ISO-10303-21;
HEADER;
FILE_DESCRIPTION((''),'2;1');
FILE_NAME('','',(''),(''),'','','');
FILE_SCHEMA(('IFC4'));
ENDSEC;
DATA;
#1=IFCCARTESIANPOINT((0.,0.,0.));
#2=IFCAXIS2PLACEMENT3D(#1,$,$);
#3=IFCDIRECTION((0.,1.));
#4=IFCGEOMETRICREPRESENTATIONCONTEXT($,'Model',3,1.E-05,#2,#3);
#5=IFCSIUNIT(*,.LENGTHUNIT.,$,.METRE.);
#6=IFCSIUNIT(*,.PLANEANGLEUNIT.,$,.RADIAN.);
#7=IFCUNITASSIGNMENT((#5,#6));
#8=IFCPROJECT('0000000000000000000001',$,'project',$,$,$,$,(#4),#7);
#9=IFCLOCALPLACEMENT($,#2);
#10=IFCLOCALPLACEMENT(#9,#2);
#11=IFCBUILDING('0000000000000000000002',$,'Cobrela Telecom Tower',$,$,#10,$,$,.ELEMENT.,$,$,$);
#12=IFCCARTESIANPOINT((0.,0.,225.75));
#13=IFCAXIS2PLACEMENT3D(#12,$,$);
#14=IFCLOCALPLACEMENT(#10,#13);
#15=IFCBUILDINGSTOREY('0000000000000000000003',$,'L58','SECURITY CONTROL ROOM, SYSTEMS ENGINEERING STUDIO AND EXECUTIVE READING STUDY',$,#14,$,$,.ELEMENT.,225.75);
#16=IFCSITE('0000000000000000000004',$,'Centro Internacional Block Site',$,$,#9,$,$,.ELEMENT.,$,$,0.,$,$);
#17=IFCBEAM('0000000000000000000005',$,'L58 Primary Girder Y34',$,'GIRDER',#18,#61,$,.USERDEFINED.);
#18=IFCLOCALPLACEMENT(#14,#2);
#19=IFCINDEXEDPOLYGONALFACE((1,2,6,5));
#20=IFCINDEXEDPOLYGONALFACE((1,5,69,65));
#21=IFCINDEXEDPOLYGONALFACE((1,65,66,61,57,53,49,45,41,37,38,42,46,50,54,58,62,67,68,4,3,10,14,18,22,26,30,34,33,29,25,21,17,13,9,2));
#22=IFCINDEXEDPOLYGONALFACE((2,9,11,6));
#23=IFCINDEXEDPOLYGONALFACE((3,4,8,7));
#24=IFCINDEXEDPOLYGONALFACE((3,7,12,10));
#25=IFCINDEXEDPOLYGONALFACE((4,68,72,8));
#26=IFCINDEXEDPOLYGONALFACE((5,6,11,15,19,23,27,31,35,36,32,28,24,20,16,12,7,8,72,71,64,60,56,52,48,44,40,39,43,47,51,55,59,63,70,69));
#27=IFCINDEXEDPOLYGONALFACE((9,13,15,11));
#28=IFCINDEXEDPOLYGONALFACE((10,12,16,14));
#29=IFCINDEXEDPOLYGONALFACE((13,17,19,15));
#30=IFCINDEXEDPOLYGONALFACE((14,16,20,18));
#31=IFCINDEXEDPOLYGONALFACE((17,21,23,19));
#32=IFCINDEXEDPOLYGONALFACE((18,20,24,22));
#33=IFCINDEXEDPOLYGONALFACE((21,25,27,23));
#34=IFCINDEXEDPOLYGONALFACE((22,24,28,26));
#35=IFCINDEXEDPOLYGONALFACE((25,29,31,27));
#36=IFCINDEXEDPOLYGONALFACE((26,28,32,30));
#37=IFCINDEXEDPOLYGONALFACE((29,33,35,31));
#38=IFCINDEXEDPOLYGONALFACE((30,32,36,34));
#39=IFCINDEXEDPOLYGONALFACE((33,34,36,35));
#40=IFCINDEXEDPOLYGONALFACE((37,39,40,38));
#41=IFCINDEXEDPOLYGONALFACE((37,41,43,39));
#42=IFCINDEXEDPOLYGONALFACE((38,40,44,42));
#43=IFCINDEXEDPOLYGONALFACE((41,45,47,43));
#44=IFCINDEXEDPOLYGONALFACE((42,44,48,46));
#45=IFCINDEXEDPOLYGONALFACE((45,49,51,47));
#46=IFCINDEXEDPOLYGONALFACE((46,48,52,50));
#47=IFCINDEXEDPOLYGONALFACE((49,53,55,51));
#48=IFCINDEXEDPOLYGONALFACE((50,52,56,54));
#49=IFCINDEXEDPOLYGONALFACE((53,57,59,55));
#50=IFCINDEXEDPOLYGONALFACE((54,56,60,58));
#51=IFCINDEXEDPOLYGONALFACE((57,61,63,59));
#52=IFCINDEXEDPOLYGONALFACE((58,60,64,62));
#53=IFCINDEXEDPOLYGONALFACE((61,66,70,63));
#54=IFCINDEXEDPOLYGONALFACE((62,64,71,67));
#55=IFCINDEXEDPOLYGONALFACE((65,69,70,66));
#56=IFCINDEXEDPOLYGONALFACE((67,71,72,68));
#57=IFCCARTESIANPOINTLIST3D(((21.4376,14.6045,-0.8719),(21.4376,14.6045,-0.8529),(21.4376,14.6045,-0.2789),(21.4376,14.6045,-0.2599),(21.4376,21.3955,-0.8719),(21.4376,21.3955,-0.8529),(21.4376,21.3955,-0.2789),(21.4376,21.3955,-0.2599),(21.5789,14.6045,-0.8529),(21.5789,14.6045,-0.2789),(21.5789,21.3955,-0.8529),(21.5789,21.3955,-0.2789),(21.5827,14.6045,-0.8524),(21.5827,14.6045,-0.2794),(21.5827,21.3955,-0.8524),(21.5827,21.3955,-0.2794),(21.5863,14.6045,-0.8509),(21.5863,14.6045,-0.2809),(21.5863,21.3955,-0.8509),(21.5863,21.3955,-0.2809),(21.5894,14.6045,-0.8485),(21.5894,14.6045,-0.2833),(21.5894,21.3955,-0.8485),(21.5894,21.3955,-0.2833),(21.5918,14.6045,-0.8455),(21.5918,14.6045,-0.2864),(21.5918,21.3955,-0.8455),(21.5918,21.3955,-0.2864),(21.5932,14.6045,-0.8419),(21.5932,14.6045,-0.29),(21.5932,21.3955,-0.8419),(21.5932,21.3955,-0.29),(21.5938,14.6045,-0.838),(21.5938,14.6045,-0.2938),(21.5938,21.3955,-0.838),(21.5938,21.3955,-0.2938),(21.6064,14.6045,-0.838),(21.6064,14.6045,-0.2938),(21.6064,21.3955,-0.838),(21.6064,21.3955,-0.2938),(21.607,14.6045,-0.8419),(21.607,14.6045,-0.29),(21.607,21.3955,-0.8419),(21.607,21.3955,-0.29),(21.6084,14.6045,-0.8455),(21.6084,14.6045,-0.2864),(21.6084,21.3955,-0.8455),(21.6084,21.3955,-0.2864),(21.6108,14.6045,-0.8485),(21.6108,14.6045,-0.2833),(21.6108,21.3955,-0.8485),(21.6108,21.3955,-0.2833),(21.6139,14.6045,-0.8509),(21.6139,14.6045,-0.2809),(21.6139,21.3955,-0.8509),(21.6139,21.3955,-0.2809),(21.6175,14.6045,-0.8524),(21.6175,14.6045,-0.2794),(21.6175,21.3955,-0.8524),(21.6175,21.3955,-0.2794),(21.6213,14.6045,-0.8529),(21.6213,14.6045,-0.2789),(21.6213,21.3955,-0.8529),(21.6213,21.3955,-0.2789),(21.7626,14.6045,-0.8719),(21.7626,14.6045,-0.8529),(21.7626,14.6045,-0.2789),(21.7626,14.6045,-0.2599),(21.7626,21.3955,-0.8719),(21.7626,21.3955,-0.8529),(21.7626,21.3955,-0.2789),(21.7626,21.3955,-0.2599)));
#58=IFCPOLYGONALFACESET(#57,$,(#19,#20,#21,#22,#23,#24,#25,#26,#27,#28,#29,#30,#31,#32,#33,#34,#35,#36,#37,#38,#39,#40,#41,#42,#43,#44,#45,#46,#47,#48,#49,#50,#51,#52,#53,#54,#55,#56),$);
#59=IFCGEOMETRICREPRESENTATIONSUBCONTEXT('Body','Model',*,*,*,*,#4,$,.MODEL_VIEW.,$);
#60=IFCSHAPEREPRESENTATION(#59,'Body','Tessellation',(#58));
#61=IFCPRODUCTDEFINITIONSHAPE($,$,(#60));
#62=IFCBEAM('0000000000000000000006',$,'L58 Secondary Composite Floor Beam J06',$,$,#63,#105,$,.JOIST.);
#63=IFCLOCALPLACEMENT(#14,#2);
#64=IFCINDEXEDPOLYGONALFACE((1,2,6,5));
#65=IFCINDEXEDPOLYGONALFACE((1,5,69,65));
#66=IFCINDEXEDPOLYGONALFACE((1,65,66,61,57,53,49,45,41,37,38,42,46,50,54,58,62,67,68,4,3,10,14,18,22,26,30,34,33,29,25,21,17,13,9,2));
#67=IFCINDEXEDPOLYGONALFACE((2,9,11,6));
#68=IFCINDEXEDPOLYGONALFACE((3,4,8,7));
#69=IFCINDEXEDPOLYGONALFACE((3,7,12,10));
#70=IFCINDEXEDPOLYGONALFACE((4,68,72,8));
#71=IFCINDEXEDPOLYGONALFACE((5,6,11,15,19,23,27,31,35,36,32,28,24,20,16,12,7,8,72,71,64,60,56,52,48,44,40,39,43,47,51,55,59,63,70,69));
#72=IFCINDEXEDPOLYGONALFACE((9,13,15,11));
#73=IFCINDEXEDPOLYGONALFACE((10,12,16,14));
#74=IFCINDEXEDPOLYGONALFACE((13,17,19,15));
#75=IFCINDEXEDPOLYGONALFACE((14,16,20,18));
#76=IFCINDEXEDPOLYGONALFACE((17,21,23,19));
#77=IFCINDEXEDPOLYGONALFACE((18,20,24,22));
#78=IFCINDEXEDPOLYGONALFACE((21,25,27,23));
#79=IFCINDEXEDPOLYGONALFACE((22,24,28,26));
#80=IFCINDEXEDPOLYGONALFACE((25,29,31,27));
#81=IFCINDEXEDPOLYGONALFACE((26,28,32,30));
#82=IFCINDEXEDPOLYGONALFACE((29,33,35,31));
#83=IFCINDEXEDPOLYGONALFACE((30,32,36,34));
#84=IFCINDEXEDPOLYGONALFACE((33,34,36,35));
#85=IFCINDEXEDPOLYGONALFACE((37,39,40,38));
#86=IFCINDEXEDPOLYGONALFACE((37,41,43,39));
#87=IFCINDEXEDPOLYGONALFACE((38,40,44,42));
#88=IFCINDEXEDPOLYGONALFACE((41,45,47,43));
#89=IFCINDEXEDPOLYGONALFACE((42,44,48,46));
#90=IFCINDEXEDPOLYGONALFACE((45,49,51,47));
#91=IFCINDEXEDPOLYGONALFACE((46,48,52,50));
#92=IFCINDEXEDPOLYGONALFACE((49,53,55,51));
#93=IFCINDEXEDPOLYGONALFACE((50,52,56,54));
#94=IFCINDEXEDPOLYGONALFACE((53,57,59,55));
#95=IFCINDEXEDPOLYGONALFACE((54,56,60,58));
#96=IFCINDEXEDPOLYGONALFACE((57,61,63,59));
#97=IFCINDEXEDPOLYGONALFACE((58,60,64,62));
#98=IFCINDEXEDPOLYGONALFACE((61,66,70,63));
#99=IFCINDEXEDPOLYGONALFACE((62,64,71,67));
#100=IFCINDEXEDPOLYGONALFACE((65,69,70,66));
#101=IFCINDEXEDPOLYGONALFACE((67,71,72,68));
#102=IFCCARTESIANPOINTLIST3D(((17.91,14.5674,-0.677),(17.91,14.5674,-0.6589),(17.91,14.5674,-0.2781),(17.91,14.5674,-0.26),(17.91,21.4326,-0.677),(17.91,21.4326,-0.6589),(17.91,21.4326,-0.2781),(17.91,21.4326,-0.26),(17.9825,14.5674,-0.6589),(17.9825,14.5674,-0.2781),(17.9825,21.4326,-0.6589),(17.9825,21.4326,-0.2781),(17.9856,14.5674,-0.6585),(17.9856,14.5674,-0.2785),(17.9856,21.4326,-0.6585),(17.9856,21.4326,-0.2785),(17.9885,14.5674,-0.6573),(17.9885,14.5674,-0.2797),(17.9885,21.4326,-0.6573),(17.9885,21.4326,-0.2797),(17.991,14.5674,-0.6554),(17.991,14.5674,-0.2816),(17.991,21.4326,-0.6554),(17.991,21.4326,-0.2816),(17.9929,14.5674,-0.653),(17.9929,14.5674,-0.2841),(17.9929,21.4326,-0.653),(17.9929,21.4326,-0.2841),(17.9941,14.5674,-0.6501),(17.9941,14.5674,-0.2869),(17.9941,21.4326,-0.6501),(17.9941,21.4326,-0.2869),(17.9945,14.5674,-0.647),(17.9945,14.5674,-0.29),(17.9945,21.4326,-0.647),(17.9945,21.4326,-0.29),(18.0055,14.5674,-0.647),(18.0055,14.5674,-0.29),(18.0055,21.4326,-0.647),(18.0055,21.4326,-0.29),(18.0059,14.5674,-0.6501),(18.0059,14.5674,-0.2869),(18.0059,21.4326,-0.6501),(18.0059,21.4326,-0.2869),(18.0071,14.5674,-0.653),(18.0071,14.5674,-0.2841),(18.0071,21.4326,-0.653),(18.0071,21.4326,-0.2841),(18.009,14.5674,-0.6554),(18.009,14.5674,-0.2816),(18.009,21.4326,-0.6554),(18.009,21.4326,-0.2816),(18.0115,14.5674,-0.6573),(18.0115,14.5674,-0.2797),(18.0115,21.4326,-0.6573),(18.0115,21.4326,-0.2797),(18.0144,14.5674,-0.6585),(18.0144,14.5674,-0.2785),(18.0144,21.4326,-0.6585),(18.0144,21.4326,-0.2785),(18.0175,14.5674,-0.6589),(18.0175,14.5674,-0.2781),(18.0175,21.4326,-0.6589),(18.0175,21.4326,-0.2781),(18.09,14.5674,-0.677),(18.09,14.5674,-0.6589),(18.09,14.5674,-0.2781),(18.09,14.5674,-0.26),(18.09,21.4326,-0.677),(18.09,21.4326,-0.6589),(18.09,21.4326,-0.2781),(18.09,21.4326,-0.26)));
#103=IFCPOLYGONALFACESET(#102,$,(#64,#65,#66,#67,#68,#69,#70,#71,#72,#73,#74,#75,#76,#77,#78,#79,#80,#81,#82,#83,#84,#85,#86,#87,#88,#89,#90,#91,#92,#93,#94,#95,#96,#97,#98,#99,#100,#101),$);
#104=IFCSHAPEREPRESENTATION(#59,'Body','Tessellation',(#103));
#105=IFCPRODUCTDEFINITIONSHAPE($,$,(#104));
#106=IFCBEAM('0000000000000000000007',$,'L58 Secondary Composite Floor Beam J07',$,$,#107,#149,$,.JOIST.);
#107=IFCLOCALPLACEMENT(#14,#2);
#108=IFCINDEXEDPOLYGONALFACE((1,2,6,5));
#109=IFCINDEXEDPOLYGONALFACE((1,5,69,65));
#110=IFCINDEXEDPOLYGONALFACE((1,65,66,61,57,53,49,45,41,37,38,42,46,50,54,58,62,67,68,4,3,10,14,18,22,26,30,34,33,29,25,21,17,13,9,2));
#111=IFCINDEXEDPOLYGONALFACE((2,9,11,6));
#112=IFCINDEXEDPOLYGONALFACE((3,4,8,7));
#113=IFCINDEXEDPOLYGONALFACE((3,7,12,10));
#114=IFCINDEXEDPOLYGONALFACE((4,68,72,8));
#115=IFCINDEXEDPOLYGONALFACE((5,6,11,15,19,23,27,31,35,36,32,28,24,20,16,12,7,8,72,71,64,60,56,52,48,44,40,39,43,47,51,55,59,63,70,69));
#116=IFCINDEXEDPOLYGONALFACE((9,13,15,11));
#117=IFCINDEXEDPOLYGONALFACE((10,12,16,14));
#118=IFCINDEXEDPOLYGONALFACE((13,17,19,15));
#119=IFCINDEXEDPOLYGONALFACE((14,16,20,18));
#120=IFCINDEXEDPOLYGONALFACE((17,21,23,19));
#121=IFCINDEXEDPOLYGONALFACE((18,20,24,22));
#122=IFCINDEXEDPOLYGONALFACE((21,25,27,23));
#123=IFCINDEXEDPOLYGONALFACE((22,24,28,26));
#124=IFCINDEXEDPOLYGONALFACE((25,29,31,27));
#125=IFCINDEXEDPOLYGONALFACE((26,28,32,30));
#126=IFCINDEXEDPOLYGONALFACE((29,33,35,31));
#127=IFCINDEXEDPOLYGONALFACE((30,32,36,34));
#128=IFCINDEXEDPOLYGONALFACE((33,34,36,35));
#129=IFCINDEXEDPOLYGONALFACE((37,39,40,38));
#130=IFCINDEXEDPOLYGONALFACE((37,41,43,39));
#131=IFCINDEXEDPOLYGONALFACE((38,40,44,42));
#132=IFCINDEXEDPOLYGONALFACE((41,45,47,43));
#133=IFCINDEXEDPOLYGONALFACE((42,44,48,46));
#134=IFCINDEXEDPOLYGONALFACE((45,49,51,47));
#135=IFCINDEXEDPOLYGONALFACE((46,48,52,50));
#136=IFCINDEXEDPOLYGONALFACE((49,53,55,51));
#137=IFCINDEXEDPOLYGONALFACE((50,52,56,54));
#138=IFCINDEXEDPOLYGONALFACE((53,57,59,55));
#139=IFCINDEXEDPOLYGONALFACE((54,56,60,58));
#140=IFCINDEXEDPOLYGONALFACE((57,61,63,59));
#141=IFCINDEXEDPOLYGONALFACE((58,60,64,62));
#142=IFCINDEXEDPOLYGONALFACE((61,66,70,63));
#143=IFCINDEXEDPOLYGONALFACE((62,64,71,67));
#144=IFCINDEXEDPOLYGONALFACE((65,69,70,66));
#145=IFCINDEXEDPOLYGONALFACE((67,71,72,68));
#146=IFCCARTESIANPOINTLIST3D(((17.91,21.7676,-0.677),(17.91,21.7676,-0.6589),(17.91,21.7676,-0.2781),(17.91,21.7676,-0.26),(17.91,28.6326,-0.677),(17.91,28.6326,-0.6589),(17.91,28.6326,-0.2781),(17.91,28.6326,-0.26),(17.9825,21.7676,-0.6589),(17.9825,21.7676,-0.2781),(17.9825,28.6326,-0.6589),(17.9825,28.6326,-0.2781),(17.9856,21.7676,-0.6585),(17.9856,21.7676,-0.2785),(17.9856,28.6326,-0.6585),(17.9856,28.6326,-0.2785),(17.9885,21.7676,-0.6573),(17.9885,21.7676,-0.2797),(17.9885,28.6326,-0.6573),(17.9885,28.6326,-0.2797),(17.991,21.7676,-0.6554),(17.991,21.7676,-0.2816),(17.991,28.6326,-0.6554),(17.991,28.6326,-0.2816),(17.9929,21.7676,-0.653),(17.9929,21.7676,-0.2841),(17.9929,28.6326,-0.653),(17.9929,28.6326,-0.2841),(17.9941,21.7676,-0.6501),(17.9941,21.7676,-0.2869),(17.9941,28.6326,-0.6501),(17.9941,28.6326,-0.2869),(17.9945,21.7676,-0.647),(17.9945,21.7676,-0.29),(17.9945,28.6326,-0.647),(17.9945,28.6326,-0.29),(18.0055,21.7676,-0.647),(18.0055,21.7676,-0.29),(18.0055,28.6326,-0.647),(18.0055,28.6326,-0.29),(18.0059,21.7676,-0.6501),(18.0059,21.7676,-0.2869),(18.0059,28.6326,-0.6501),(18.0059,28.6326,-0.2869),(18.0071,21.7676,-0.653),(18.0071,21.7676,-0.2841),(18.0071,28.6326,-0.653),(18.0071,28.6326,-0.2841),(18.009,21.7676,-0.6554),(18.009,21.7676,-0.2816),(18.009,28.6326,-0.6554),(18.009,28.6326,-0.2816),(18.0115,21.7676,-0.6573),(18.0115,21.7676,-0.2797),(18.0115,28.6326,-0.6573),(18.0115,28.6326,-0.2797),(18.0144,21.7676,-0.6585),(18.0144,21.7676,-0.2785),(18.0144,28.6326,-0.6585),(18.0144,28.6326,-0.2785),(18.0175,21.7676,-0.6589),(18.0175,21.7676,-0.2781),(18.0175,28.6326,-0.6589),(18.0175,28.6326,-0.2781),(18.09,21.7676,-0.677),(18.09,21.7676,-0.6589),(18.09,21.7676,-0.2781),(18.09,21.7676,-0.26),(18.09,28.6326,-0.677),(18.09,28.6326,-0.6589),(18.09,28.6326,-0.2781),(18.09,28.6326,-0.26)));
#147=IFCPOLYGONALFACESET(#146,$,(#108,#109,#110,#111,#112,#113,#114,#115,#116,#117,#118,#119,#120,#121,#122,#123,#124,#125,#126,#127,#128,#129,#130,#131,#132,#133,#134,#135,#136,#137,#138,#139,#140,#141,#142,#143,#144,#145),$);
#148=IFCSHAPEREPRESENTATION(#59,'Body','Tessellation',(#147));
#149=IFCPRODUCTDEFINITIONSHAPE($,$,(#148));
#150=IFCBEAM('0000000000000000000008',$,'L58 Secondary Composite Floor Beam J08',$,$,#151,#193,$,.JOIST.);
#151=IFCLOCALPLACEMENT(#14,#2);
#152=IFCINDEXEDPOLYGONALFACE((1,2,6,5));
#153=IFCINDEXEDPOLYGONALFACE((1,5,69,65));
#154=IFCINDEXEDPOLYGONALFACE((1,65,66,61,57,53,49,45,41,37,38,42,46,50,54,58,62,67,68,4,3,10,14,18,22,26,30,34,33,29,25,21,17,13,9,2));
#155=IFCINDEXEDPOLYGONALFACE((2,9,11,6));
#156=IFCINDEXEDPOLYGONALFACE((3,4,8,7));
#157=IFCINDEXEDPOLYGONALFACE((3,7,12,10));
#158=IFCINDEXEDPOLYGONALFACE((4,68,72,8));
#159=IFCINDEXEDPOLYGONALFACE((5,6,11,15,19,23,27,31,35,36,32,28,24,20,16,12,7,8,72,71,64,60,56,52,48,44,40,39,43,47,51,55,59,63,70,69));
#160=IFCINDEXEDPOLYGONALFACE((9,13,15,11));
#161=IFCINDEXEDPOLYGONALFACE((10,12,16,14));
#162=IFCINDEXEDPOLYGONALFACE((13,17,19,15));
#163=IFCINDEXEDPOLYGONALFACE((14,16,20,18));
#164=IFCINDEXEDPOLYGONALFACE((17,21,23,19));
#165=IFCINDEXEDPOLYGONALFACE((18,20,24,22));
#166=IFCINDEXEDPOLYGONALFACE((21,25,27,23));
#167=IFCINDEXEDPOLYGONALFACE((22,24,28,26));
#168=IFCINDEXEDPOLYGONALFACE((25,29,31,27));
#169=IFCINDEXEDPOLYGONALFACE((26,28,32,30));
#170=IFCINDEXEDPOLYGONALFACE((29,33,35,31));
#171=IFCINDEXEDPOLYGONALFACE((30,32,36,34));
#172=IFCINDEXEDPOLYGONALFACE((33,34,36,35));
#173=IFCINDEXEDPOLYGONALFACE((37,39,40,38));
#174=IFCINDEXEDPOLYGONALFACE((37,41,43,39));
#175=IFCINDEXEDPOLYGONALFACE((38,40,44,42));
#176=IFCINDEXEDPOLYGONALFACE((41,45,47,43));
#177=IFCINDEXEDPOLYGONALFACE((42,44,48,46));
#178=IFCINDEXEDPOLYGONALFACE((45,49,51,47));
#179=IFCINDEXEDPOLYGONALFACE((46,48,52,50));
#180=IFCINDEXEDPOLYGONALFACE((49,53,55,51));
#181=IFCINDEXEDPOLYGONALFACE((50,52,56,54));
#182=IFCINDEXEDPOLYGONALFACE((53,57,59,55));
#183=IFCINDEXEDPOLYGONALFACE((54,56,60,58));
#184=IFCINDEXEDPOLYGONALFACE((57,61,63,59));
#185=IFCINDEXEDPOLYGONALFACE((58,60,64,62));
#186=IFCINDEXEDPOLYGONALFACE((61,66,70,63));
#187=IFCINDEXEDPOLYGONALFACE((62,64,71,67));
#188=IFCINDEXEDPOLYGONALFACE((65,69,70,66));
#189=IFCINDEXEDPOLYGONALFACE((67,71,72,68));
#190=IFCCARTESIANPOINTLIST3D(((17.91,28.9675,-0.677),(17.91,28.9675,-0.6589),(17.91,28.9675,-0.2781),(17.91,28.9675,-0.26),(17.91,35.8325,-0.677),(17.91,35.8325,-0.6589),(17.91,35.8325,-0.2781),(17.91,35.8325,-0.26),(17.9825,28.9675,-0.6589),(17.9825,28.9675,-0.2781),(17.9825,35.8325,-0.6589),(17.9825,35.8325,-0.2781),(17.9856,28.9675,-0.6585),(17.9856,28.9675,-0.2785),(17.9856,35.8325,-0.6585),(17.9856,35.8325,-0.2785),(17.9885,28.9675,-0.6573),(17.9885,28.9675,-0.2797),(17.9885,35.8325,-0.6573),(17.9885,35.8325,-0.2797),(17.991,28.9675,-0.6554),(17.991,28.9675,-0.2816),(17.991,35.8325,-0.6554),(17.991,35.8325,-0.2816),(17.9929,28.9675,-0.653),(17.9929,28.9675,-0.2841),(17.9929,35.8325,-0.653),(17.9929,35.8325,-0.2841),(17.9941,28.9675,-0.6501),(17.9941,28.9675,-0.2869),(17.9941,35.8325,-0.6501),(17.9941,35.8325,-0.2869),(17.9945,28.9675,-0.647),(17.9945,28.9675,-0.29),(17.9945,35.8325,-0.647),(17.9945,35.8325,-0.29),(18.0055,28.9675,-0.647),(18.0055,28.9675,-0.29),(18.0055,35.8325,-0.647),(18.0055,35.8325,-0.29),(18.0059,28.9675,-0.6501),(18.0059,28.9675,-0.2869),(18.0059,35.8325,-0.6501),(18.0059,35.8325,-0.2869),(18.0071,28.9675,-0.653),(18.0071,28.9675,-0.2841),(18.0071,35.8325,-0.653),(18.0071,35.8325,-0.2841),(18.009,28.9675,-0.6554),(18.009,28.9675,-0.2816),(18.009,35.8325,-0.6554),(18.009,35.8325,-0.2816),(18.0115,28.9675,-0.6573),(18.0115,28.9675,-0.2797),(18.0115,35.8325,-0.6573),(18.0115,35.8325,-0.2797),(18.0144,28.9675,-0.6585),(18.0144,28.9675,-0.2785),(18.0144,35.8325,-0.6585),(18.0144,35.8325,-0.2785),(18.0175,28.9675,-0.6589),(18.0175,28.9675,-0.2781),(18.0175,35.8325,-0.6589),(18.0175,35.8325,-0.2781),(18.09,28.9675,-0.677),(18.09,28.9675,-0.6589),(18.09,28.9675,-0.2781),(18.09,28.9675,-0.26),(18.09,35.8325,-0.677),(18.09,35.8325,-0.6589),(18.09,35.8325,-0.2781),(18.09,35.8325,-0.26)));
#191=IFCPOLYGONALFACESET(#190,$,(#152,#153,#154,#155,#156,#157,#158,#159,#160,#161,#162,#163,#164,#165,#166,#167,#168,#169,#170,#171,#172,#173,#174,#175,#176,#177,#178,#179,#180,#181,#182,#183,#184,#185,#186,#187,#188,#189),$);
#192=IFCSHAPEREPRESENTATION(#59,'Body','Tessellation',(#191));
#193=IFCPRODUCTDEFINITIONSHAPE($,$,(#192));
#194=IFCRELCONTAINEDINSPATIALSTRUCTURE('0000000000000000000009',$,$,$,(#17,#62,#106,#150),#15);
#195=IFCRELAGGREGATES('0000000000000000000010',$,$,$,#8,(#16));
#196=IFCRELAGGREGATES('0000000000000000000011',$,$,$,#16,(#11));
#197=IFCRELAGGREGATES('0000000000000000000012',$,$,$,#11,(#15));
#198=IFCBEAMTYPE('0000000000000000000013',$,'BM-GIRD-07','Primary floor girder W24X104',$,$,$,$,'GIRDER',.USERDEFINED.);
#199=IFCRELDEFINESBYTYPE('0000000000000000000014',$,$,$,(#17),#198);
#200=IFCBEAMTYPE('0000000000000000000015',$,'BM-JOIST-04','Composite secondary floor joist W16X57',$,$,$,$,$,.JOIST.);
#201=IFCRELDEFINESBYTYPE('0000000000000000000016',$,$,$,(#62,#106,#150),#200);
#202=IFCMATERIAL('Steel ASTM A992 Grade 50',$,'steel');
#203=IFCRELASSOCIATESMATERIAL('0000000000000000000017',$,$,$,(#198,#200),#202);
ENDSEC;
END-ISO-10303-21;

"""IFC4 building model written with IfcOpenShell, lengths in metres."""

from ifc_helpers import new_model, si_unit, direction, frame, origin, origin_2d, place, context, subcontext, project, spatial, i_section, extrude, material, material_profile, profile_set, type_object, element, save


model = new_model("IFC4")

# Units and contexts
model_context = context("Model", 3, precision=1e-05, world=origin(), true_north=direction((0.0, 1.0)))
body_context = subcontext(model_context, "Body", "Model", "MODEL_VIEW")
ifc_project = project(units=[si_unit("LENGTHUNIT", "METRE"), si_unit("PLANEANGLEUNIT", "RADIAN")], contexts=[model_context])

# Site, building, storey
site_placement = place(None, origin())
site = spatial("IfcSite", under=ifc_project, at=site_placement, Name="Centro Internacional Block Site", CompositionType="ELEMENT", RefElevation=0.0)
building_placement = place(site_placement, origin())
building = spatial("IfcBuilding", under=site, at=building_placement, Name="Cobrela Telecom Tower", CompositionType="ELEMENT")
storey_placement = place(building_placement, frame((0.0, 0.0, 225.75)))
storey = spatial("IfcBuildingStorey", under=building, at=storey_placement, Name="L58", Description="SECURITY CONTROL ROOM, SYSTEMS ENGINEERING STUDIO AND EXECUTIVE READING STUDY", CompositionType="ELEMENT", Elevation=225.75)

# Shared definitions
ifc_material_1 = material(Name="Steel ASTM A992 Grade 50", Category="steel")

# Beams
ifc_material_profile_1 = material_profile(ifc_material_1, i_section(OverallWidth=0.325, OverallDepth=0.6121, WebThickness=0.0127, FlangeThickness=0.019, FilletRadius=0.0149, at=origin_2d()), Name="W24X104")
ifc_profile_set_1 = profile_set([ifc_material_profile_1], Name="Steel ASTM A992 Grade 50")
beam_type_1 = type_object("IfcBeamType", Name="BM-GIRD-07", Description="Primary floor girder W24X104", ElementType="GIRDER", PredefinedType="USERDEFINED", material=ifc_profile_set_1)
for number, where, z_axis, x_axis, name in (
    (1, (21.6001, 14.6045, -0.5659), (0.0, 1.0, 0.0), (-1.0, 0.0, 0.0), "L58 Primary Girder Y34"),
):
    element("IfcBeam", number, at=place(storey_placement, frame(where, z_axis=z_axis, x_axis=x_axis)), inside=storey, type_object=beam_type_1, Name=name, ObjectType="GIRDER", PredefinedType="USERDEFINED", context=body_context, shape_type="SweptSolid", body=[
        extrude(i_section(OverallWidth=0.325, OverallDepth=0.6121, WebThickness=0.0127, FlangeThickness=0.019, FilletRadius=0.0149, at=origin_2d()), origin(), (0.0, 0.0, 1.0), 6.791),
    ])
ifc_material_profile_2 = material_profile(ifc_material_1, i_section(OverallWidth=0.1799, OverallDepth=0.417, WebThickness=0.011, FlangeThickness=0.0181, FilletRadius=0.012, at=origin_2d()), Name="W16X57")
ifc_profile_set_2 = profile_set([ifc_material_profile_2], Name="Steel ASTM A992 Grade 50")
beam_type_2 = type_object("IfcBeamType", Name="BM-JOIST-04", Description="Composite secondary floor joist W16X57", PredefinedType="JOIST", material=ifc_profile_set_2)
beam_1_placement = place(storey_placement, frame((18.0, 14.5674, -0.4685), z_axis=(0.0, 1.0, 0.0), x_axis=(-1.0, 0.0, 0.0)))
element("IfcBeam", 2, at=beam_1_placement, inside=storey, type_object=beam_type_2, Name="L58 Secondary Composite Floor Beam J06", PredefinedType="JOIST", context=body_context, shape_type="SweptSolid", body=[
    extrude(i_section(OverallWidth=0.1799, OverallDepth=0.417, WebThickness=0.011, FlangeThickness=0.0181, FilletRadius=0.012, at=origin_2d()), origin(), (0.0, 0.0, 1.0), 6.8652),
])
for number, where, z_axis, x_axis, name in (
    (3, (18.0, 21.7676, -0.4685), (0.0, 1.0, 0.0), (-1.0, 0.0, 0.0), "L58 Secondary Composite Floor Beam J07"),
    (4, (18.0, 28.9675, -0.4685), (0.0, 1.0, 0.0), (-1.0, 0.0, 0.0), "L58 Secondary Composite Floor Beam J08"),
):
    element("IfcBeam", number, at=place(storey_placement, frame(where, z_axis=z_axis, x_axis=x_axis)), inside=storey, type_object=beam_type_2, Name=name, PredefinedType="JOIST", context=body_context, shape_type="SweptSolid", body=[
        extrude(i_section(OverallWidth=0.1799, OverallDepth=0.417, WebThickness=0.011, FlangeThickness=0.0181, FilletRadius=0.012, at=origin_2d()), origin(), (0.0, 0.0, 1.0), 6.865),
    ])

save(model, "model.ifc")
